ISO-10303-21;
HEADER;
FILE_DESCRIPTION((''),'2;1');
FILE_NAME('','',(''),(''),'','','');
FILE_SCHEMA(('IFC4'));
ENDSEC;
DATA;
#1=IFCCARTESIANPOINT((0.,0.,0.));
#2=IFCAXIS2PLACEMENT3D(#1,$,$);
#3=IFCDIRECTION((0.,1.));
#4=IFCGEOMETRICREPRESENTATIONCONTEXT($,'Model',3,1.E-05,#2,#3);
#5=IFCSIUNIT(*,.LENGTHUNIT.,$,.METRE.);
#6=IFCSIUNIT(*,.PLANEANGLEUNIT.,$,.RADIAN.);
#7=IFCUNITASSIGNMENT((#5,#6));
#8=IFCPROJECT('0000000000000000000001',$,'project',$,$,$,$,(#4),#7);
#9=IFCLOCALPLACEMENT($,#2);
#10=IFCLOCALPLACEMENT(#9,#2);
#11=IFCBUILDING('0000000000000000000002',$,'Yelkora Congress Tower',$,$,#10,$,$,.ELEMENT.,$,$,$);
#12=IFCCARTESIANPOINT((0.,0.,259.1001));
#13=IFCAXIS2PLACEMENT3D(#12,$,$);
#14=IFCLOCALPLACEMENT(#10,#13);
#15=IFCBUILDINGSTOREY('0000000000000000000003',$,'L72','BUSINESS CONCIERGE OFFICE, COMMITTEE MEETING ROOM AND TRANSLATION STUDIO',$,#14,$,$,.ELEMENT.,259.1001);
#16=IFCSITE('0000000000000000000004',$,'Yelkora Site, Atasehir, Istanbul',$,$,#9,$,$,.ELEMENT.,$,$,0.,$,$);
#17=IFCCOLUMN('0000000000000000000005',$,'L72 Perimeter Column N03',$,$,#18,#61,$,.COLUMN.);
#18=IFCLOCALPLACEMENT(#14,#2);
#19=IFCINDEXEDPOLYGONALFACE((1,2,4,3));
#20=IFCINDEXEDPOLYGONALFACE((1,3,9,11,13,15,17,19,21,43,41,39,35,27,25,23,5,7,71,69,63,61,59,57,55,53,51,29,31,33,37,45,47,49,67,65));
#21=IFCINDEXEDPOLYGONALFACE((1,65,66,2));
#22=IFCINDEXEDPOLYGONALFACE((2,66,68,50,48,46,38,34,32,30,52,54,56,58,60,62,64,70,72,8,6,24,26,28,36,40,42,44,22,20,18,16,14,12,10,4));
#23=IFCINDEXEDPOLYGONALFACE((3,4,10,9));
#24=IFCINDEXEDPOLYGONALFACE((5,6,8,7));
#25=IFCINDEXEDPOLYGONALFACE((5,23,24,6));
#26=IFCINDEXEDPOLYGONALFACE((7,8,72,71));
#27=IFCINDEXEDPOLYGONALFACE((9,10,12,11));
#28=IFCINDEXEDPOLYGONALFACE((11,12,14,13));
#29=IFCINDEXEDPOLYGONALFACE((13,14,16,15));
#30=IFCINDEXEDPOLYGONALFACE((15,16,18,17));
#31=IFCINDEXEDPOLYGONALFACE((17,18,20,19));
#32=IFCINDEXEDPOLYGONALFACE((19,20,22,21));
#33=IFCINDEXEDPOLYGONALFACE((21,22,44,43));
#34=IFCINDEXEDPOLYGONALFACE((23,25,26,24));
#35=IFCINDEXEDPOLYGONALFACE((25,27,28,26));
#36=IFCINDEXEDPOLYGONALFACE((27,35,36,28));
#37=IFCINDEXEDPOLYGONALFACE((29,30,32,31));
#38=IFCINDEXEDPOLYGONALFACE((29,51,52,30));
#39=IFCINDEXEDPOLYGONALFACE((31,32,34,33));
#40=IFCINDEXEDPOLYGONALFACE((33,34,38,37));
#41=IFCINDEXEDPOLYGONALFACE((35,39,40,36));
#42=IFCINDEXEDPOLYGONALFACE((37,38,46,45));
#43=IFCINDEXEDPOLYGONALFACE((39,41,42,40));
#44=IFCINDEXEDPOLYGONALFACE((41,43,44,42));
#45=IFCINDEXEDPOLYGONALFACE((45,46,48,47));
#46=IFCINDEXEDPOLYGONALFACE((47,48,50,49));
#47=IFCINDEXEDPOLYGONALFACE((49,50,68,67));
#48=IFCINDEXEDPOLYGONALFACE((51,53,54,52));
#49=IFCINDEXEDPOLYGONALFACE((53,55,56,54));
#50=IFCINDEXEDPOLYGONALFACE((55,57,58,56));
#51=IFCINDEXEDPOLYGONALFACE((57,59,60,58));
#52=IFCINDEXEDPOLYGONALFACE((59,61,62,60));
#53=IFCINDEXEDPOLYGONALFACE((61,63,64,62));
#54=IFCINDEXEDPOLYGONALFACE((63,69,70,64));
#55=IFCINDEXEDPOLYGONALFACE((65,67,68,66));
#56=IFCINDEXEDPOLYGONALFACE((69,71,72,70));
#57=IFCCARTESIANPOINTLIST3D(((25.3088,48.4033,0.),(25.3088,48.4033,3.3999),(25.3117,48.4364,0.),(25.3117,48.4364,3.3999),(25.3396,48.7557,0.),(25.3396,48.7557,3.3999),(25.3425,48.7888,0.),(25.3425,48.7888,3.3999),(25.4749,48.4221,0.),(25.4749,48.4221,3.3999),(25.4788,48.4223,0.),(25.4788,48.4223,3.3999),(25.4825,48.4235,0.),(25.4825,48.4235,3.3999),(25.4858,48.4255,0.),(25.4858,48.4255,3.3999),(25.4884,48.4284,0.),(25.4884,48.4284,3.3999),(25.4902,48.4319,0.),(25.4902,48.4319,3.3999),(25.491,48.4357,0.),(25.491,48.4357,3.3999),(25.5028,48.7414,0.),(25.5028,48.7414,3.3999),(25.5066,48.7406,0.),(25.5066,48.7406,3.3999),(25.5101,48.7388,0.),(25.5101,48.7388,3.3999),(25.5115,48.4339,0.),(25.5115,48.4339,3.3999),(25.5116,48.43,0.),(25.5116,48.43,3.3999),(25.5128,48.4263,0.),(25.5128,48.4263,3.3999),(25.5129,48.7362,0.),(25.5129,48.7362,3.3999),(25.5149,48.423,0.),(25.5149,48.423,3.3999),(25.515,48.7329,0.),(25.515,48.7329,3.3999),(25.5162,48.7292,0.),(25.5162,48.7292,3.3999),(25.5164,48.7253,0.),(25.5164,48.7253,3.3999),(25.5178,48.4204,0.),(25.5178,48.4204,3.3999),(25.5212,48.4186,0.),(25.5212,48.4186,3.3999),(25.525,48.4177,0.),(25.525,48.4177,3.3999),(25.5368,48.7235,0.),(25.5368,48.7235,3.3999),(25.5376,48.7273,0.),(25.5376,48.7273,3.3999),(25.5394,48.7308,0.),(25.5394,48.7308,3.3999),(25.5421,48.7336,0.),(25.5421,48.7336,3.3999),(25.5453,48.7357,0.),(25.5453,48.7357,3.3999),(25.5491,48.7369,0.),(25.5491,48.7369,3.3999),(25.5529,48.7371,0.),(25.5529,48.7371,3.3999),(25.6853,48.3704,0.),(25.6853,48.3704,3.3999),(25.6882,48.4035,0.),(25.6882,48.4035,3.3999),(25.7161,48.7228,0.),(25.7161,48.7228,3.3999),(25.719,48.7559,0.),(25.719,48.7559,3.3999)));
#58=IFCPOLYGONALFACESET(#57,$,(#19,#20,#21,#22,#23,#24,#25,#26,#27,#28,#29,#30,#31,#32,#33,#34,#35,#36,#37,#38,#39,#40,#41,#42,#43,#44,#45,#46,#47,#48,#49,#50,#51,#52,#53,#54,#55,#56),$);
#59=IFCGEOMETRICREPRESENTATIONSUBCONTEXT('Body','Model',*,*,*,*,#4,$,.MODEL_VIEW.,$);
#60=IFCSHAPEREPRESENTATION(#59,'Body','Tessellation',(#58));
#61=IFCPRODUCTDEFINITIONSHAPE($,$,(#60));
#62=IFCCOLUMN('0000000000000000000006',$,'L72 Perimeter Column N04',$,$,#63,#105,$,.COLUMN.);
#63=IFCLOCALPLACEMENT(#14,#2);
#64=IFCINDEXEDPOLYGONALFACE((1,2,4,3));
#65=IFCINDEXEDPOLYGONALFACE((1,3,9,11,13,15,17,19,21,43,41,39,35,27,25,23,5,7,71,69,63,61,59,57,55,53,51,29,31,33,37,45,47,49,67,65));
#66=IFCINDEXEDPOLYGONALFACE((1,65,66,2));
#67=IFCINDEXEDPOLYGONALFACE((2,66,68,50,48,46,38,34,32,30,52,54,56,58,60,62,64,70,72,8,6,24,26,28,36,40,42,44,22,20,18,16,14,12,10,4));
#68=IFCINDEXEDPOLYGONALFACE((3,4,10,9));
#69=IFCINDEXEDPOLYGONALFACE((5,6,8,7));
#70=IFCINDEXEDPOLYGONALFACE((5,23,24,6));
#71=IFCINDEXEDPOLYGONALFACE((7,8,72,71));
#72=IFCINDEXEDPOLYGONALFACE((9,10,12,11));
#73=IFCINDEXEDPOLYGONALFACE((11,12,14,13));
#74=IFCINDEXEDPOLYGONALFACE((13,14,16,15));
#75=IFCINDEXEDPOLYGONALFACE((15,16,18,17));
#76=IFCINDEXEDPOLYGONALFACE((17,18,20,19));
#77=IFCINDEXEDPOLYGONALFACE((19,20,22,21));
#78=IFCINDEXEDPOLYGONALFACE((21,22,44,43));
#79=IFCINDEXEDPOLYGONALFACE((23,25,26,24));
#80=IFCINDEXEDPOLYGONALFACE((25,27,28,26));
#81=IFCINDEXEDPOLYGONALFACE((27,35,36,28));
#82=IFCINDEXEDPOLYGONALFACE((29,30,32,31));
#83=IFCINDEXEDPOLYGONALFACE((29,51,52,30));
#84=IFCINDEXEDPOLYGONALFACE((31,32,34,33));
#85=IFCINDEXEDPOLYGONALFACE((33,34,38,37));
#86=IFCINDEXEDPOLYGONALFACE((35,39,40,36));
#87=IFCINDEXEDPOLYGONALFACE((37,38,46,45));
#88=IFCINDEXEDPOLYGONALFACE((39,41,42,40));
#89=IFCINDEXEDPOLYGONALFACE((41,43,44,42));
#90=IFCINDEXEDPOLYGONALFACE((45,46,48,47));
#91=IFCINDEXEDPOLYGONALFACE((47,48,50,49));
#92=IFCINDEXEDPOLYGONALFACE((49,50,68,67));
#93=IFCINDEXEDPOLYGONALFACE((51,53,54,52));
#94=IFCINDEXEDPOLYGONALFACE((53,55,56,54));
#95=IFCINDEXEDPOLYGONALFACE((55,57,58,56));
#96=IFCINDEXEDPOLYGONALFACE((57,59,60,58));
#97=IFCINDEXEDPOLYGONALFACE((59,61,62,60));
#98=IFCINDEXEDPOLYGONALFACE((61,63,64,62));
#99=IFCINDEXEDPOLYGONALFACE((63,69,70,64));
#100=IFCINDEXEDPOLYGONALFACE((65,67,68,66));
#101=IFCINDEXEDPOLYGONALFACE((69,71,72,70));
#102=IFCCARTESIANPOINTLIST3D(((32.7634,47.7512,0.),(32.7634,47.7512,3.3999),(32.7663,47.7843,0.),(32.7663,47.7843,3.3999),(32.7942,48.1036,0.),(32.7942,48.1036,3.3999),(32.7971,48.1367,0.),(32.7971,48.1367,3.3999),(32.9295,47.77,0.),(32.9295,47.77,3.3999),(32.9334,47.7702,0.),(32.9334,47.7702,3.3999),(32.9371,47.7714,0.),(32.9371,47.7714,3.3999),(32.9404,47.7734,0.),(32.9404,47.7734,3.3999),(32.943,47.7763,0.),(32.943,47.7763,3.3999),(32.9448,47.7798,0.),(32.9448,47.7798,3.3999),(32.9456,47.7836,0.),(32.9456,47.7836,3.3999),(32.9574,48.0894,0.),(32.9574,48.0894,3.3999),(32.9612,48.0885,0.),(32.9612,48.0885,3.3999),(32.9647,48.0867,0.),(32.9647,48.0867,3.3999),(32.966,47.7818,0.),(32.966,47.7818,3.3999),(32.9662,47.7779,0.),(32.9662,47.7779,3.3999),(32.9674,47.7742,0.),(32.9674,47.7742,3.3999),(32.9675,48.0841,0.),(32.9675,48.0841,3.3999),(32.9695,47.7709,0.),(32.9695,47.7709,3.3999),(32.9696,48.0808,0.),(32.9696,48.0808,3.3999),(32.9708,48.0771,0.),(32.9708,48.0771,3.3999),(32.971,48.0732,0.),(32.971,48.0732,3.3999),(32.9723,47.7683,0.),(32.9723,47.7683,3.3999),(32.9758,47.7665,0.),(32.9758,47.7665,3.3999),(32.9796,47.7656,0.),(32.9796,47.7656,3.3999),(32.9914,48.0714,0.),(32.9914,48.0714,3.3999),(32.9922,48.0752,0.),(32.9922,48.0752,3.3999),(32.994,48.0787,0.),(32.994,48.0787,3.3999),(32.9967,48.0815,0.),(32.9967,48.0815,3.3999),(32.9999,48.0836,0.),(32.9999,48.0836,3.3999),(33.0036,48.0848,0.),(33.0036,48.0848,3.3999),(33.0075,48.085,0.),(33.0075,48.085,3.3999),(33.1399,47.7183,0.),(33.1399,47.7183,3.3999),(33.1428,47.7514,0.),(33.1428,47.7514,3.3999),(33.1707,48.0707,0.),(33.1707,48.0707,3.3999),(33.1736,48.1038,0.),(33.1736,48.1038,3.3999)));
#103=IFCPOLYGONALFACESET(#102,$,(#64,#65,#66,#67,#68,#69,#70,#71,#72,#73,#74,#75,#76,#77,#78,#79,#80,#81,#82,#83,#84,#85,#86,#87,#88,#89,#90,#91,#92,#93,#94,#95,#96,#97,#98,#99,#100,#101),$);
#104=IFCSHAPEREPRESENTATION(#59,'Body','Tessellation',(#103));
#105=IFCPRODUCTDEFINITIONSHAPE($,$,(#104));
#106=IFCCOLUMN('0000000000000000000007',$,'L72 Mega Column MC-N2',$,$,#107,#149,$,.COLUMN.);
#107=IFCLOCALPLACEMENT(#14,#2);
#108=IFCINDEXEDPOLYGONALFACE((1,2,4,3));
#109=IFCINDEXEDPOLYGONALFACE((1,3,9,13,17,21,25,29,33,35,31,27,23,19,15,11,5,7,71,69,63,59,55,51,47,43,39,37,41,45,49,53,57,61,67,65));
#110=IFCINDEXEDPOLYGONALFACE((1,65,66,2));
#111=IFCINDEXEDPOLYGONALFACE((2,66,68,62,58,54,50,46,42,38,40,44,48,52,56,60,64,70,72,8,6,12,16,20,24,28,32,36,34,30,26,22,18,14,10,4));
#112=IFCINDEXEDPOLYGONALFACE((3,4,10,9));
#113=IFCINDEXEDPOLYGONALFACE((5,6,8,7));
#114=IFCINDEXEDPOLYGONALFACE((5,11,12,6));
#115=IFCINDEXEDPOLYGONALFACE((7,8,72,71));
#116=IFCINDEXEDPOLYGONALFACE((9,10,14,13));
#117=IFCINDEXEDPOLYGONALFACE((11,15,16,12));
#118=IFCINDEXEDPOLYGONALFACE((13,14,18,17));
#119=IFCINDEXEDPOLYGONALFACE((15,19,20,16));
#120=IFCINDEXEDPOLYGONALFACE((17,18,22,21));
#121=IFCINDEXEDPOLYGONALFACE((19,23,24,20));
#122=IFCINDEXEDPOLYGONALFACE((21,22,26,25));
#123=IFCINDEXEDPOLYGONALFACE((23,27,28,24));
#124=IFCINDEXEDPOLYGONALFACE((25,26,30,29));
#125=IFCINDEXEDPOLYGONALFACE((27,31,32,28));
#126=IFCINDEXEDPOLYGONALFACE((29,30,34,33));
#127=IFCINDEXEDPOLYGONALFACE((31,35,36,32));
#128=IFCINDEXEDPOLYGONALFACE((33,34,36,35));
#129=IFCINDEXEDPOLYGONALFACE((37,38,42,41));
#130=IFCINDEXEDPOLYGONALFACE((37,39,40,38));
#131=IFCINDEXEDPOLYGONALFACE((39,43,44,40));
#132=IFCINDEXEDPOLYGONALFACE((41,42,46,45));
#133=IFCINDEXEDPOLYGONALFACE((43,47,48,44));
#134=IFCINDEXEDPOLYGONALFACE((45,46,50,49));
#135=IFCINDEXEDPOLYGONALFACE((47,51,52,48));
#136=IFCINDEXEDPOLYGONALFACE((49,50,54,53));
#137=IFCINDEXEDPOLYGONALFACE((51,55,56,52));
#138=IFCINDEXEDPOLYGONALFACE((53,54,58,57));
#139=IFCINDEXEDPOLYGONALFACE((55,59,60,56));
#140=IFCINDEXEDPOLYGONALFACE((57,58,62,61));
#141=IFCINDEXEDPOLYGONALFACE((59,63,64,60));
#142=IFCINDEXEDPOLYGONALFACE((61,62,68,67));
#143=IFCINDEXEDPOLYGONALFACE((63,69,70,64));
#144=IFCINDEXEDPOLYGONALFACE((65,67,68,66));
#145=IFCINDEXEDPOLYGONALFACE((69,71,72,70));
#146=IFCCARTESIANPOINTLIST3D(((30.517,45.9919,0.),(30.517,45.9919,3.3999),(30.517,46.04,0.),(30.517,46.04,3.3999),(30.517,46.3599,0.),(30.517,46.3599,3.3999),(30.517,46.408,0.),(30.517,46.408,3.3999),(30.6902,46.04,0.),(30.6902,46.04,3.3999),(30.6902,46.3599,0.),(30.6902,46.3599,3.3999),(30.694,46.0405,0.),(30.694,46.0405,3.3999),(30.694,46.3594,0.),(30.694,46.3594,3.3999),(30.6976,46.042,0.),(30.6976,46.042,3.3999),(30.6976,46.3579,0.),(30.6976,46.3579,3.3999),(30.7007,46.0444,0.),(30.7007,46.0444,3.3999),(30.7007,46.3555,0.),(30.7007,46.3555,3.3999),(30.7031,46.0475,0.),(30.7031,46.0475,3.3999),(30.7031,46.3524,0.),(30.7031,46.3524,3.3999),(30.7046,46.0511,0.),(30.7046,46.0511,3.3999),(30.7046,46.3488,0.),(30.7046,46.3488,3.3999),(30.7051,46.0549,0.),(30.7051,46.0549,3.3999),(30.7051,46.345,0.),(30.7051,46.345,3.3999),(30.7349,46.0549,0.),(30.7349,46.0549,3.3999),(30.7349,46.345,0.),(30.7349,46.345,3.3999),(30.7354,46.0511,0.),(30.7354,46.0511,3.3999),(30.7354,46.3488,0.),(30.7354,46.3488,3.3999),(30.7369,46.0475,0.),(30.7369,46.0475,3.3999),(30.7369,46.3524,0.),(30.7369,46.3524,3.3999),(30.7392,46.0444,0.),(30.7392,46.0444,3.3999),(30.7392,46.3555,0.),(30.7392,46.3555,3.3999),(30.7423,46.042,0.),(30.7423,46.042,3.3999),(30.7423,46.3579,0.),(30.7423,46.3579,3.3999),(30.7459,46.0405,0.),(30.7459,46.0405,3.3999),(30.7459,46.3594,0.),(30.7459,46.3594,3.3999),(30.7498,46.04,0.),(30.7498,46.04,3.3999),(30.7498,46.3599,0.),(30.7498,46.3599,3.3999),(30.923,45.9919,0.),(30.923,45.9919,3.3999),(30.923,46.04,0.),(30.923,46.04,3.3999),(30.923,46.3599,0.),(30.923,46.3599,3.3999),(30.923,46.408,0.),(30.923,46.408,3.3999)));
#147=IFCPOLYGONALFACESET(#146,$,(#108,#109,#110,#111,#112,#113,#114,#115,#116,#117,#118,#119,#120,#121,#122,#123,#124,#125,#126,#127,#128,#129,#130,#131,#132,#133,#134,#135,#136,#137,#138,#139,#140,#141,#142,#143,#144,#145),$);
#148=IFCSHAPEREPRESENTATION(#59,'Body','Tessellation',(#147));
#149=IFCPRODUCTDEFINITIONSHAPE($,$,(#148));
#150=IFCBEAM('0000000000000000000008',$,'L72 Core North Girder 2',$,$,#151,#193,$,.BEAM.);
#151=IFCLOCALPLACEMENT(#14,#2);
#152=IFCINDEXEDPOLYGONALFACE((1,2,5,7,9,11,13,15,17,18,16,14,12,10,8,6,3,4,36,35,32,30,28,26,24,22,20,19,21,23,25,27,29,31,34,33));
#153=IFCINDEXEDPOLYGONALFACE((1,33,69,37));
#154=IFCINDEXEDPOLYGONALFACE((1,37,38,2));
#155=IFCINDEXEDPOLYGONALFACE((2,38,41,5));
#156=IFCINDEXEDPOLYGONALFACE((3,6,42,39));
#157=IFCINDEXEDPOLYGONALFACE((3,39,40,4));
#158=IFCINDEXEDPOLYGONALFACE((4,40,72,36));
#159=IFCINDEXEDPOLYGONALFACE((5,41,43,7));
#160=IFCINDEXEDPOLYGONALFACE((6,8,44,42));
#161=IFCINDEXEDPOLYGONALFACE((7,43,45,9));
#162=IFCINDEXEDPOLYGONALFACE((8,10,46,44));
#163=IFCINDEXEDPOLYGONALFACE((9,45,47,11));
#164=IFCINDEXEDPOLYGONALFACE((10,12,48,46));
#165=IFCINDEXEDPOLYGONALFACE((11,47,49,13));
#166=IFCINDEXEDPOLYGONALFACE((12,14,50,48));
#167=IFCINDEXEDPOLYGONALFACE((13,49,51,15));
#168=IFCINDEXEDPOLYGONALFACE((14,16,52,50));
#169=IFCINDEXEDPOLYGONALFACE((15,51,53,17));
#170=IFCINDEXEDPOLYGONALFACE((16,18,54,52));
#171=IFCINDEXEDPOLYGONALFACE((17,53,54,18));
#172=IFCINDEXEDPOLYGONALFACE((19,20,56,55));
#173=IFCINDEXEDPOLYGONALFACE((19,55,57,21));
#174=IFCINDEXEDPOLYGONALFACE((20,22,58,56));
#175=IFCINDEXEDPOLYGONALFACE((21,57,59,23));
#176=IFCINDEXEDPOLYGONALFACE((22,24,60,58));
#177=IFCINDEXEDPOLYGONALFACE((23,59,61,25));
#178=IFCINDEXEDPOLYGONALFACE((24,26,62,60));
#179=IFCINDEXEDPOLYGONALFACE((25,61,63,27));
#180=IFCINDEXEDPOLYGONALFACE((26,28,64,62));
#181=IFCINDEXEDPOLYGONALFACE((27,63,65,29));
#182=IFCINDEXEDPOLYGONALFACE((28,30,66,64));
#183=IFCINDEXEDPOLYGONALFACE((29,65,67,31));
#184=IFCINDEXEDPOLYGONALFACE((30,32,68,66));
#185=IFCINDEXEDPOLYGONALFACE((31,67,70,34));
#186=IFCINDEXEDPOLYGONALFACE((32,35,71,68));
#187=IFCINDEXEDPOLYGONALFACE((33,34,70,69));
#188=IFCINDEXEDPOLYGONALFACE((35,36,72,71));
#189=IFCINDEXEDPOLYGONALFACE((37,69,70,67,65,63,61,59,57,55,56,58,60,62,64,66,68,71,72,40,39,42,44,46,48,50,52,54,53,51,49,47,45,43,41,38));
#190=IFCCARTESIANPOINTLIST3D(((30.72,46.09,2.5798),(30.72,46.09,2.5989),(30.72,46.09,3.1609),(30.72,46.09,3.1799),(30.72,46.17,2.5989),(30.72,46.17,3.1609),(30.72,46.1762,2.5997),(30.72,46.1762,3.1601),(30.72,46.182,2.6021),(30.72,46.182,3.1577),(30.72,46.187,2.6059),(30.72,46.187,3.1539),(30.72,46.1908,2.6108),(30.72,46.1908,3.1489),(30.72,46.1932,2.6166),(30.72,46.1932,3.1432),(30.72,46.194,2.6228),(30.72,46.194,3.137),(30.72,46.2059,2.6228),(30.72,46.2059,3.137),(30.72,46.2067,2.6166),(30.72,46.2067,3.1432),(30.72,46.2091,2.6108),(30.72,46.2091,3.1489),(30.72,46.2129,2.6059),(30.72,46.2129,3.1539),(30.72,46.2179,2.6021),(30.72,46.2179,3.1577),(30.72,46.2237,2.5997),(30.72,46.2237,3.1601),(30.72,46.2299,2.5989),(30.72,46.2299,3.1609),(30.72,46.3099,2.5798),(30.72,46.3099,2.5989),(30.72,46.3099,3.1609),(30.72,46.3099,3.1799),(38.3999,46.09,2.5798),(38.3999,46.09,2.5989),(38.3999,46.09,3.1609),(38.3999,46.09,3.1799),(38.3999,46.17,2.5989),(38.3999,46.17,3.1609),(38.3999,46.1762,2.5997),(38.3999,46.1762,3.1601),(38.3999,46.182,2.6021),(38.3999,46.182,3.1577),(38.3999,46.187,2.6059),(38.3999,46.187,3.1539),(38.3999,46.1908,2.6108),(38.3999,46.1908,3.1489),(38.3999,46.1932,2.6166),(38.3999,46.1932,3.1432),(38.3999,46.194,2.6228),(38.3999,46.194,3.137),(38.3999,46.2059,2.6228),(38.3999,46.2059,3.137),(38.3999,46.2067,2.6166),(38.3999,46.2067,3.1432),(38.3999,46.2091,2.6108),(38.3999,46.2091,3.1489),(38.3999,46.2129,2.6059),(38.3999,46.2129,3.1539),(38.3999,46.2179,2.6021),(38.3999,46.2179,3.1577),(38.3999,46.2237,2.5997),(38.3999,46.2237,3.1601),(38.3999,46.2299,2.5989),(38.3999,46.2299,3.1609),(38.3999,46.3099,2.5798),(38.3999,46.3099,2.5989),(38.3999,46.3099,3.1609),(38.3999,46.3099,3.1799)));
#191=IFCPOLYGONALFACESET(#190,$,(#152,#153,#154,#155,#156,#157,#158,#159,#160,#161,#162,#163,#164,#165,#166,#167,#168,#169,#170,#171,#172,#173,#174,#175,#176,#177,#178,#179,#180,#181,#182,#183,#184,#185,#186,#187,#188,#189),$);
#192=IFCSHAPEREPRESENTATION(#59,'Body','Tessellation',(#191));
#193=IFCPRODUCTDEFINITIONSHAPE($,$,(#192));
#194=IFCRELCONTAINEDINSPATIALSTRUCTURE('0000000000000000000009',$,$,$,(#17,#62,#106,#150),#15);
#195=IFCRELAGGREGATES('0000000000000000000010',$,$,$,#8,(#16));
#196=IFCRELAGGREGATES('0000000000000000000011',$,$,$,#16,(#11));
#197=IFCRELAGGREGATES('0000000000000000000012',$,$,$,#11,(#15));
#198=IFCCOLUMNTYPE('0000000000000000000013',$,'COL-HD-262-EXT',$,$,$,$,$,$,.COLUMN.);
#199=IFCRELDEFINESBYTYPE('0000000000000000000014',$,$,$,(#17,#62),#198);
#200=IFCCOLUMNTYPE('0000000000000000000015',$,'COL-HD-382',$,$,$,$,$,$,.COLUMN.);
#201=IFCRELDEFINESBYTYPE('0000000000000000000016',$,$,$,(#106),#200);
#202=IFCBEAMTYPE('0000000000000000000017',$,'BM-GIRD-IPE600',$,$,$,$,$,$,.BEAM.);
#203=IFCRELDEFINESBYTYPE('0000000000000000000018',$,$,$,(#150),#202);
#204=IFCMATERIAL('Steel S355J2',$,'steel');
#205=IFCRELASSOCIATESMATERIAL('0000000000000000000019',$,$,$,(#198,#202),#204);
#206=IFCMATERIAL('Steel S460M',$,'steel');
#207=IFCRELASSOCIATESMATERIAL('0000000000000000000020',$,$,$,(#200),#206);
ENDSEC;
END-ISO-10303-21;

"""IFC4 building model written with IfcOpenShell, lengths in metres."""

from ifc_helpers import new_model, si_unit, direction, frame, origin, origin_2d, place, context, subcontext, project, spatial, i_section, extrude, material, material_profile, profile_set, type_object, element, save


model = new_model("IFC4")

# Units and contexts
model_context = context("Model", 3, precision=1e-05, world=origin(), true_north=direction((0.0, 1.0)))
body_context = subcontext(model_context, "Body", "Model", "MODEL_VIEW")
ifc_project = project(units=[si_unit("LENGTHUNIT", "METRE"), si_unit("PLANEANGLEUNIT", "RADIAN")], contexts=[model_context])

# Site, building, storey
site_placement = place(None, origin())
site = spatial("IfcSite", under=ifc_project, at=site_placement, Name="Yelkora Site, Atasehir, Istanbul", CompositionType="ELEMENT", RefElevation=0.0)
building_placement = place(site_placement, origin())
building = spatial("IfcBuilding", under=site, at=building_placement, Name="Yelkora Congress Tower", CompositionType="ELEMENT")
storey_placement = place(building_placement, frame((0.0, 0.0, 259.1001)))
storey = spatial("IfcBuildingStorey", under=building, at=storey_placement, Name="L72", Description="BUSINESS CONCIERGE OFFICE, COMMITTEE MEETING ROOM AND TRANSLATION STUDIO", CompositionType="ELEMENT", Elevation=259.1001)

# Columns
ifc_material_1 = material(Name="Steel S355J2", Category="steel")
ifc_material_profile_1 = material_profile(ifc_material_1, i_section(OverallWidth=0.3779, OverallDepth=0.387, WebThickness=0.0205, FlangeThickness=0.0332, FilletRadius=0.0149, at=origin_2d()), Name="HD 360x262")
ifc_profile_set_1 = profile_set([ifc_material_profile_1], Name="Steel S355J2")
column_type_1 = type_object("IfcColumnType", Name="COL-HD-262-EXT", PredefinedType="COLUMN", material=ifc_profile_set_1)
for number, where, z_axis, x_axis, name in (
    (1, (25.5139, 48.5796, 0.0), (0.0, 0.0, 1.0), (0.996195, -0.087156, 0.0), "L72 Perimeter Column N03"),
    (2, (32.9685, 47.9275, 0.0), (0.0, 0.0, 1.0), (0.996195, -0.087156, 0.0), "L72 Perimeter Column N04"),
):
    element("IfcColumn", number, at=place(storey_placement, frame(where, z_axis=z_axis, x_axis=x_axis)), inside=storey, type_object=column_type_1, Name=name, PredefinedType="COLUMN", context=body_context, shape_type="SweptSolid", body=[
        extrude(i_section(OverallWidth=0.3779, OverallDepth=0.387, WebThickness=0.0205, FlangeThickness=0.0332, FilletRadius=0.0149, at=origin_2d()), origin(), (0.0, 0.0, 1.0), 3.3999),
    ])
ifc_material_2 = material(Name="Steel S460M", Category="steel")
ifc_material_profile_2 = material_profile(ifc_material_2, i_section(OverallWidth=0.406, OverallDepth=0.416, WebThickness=0.0298, FlangeThickness=0.0481, FilletRadius=0.0149, at=origin_2d()), Name="HD 400x382")
ifc_profile_set_2 = profile_set([ifc_material_profile_2], Name="Steel S460M")
column_type_2 = type_object("IfcColumnType", Name="COL-HD-382", PredefinedType="COLUMN", material=ifc_profile_set_2)
column_placement = place(storey_placement, frame((30.72, 46.2, 0.0), z_axis=(0.0, 0.0, 1.0), x_axis=(1.0, 0.0, 0.0)))
element("IfcColumn", 3, at=column_placement, inside=storey, type_object=column_type_2, Name="L72 Mega Column MC-N2", PredefinedType="COLUMN", context=body_context, shape_type="SweptSolid", body=[
    extrude(i_section(OverallWidth=0.406, OverallDepth=0.416, WebThickness=0.0298, FlangeThickness=0.0481, FilletRadius=0.0149, at=origin_2d()), origin(), (0.0, 0.0, 1.0), 3.3999),
])

# Beam
ifc_material_profile_3 = material_profile(ifc_material_1, i_section(OverallWidth=0.22, OverallDepth=0.6001, WebThickness=0.012, FlangeThickness=0.019, FilletRadius=0.0239, at=origin_2d()), Name="IPE 600")
ifc_profile_set_3 = profile_set([ifc_material_profile_3], Name="Steel S355J2")
beam_type_1 = type_object("IfcBeamType", Name="BM-GIRD-IPE600", PredefinedType="BEAM", material=ifc_profile_set_3)
beam_1_placement = place(storey_placement, frame((30.72, 46.2, 2.8799), z_axis=(1.0, 0.0, 0.0), x_axis=(0.0, 1.0, 0.0)))
element("IfcBeam", 4, at=beam_1_placement, inside=storey, type_object=beam_type_1, Name="L72 Core North Girder 2", PredefinedType="BEAM", context=body_context, shape_type="SweptSolid", body=[
    extrude(i_section(OverallWidth=0.22, OverallDepth=0.6001, WebThickness=0.012, FlangeThickness=0.019, FilletRadius=0.0239, at=origin_2d()), origin(), (0.0, 0.0, 1.0), 7.6799),
])

save(model, "model.ifc")
